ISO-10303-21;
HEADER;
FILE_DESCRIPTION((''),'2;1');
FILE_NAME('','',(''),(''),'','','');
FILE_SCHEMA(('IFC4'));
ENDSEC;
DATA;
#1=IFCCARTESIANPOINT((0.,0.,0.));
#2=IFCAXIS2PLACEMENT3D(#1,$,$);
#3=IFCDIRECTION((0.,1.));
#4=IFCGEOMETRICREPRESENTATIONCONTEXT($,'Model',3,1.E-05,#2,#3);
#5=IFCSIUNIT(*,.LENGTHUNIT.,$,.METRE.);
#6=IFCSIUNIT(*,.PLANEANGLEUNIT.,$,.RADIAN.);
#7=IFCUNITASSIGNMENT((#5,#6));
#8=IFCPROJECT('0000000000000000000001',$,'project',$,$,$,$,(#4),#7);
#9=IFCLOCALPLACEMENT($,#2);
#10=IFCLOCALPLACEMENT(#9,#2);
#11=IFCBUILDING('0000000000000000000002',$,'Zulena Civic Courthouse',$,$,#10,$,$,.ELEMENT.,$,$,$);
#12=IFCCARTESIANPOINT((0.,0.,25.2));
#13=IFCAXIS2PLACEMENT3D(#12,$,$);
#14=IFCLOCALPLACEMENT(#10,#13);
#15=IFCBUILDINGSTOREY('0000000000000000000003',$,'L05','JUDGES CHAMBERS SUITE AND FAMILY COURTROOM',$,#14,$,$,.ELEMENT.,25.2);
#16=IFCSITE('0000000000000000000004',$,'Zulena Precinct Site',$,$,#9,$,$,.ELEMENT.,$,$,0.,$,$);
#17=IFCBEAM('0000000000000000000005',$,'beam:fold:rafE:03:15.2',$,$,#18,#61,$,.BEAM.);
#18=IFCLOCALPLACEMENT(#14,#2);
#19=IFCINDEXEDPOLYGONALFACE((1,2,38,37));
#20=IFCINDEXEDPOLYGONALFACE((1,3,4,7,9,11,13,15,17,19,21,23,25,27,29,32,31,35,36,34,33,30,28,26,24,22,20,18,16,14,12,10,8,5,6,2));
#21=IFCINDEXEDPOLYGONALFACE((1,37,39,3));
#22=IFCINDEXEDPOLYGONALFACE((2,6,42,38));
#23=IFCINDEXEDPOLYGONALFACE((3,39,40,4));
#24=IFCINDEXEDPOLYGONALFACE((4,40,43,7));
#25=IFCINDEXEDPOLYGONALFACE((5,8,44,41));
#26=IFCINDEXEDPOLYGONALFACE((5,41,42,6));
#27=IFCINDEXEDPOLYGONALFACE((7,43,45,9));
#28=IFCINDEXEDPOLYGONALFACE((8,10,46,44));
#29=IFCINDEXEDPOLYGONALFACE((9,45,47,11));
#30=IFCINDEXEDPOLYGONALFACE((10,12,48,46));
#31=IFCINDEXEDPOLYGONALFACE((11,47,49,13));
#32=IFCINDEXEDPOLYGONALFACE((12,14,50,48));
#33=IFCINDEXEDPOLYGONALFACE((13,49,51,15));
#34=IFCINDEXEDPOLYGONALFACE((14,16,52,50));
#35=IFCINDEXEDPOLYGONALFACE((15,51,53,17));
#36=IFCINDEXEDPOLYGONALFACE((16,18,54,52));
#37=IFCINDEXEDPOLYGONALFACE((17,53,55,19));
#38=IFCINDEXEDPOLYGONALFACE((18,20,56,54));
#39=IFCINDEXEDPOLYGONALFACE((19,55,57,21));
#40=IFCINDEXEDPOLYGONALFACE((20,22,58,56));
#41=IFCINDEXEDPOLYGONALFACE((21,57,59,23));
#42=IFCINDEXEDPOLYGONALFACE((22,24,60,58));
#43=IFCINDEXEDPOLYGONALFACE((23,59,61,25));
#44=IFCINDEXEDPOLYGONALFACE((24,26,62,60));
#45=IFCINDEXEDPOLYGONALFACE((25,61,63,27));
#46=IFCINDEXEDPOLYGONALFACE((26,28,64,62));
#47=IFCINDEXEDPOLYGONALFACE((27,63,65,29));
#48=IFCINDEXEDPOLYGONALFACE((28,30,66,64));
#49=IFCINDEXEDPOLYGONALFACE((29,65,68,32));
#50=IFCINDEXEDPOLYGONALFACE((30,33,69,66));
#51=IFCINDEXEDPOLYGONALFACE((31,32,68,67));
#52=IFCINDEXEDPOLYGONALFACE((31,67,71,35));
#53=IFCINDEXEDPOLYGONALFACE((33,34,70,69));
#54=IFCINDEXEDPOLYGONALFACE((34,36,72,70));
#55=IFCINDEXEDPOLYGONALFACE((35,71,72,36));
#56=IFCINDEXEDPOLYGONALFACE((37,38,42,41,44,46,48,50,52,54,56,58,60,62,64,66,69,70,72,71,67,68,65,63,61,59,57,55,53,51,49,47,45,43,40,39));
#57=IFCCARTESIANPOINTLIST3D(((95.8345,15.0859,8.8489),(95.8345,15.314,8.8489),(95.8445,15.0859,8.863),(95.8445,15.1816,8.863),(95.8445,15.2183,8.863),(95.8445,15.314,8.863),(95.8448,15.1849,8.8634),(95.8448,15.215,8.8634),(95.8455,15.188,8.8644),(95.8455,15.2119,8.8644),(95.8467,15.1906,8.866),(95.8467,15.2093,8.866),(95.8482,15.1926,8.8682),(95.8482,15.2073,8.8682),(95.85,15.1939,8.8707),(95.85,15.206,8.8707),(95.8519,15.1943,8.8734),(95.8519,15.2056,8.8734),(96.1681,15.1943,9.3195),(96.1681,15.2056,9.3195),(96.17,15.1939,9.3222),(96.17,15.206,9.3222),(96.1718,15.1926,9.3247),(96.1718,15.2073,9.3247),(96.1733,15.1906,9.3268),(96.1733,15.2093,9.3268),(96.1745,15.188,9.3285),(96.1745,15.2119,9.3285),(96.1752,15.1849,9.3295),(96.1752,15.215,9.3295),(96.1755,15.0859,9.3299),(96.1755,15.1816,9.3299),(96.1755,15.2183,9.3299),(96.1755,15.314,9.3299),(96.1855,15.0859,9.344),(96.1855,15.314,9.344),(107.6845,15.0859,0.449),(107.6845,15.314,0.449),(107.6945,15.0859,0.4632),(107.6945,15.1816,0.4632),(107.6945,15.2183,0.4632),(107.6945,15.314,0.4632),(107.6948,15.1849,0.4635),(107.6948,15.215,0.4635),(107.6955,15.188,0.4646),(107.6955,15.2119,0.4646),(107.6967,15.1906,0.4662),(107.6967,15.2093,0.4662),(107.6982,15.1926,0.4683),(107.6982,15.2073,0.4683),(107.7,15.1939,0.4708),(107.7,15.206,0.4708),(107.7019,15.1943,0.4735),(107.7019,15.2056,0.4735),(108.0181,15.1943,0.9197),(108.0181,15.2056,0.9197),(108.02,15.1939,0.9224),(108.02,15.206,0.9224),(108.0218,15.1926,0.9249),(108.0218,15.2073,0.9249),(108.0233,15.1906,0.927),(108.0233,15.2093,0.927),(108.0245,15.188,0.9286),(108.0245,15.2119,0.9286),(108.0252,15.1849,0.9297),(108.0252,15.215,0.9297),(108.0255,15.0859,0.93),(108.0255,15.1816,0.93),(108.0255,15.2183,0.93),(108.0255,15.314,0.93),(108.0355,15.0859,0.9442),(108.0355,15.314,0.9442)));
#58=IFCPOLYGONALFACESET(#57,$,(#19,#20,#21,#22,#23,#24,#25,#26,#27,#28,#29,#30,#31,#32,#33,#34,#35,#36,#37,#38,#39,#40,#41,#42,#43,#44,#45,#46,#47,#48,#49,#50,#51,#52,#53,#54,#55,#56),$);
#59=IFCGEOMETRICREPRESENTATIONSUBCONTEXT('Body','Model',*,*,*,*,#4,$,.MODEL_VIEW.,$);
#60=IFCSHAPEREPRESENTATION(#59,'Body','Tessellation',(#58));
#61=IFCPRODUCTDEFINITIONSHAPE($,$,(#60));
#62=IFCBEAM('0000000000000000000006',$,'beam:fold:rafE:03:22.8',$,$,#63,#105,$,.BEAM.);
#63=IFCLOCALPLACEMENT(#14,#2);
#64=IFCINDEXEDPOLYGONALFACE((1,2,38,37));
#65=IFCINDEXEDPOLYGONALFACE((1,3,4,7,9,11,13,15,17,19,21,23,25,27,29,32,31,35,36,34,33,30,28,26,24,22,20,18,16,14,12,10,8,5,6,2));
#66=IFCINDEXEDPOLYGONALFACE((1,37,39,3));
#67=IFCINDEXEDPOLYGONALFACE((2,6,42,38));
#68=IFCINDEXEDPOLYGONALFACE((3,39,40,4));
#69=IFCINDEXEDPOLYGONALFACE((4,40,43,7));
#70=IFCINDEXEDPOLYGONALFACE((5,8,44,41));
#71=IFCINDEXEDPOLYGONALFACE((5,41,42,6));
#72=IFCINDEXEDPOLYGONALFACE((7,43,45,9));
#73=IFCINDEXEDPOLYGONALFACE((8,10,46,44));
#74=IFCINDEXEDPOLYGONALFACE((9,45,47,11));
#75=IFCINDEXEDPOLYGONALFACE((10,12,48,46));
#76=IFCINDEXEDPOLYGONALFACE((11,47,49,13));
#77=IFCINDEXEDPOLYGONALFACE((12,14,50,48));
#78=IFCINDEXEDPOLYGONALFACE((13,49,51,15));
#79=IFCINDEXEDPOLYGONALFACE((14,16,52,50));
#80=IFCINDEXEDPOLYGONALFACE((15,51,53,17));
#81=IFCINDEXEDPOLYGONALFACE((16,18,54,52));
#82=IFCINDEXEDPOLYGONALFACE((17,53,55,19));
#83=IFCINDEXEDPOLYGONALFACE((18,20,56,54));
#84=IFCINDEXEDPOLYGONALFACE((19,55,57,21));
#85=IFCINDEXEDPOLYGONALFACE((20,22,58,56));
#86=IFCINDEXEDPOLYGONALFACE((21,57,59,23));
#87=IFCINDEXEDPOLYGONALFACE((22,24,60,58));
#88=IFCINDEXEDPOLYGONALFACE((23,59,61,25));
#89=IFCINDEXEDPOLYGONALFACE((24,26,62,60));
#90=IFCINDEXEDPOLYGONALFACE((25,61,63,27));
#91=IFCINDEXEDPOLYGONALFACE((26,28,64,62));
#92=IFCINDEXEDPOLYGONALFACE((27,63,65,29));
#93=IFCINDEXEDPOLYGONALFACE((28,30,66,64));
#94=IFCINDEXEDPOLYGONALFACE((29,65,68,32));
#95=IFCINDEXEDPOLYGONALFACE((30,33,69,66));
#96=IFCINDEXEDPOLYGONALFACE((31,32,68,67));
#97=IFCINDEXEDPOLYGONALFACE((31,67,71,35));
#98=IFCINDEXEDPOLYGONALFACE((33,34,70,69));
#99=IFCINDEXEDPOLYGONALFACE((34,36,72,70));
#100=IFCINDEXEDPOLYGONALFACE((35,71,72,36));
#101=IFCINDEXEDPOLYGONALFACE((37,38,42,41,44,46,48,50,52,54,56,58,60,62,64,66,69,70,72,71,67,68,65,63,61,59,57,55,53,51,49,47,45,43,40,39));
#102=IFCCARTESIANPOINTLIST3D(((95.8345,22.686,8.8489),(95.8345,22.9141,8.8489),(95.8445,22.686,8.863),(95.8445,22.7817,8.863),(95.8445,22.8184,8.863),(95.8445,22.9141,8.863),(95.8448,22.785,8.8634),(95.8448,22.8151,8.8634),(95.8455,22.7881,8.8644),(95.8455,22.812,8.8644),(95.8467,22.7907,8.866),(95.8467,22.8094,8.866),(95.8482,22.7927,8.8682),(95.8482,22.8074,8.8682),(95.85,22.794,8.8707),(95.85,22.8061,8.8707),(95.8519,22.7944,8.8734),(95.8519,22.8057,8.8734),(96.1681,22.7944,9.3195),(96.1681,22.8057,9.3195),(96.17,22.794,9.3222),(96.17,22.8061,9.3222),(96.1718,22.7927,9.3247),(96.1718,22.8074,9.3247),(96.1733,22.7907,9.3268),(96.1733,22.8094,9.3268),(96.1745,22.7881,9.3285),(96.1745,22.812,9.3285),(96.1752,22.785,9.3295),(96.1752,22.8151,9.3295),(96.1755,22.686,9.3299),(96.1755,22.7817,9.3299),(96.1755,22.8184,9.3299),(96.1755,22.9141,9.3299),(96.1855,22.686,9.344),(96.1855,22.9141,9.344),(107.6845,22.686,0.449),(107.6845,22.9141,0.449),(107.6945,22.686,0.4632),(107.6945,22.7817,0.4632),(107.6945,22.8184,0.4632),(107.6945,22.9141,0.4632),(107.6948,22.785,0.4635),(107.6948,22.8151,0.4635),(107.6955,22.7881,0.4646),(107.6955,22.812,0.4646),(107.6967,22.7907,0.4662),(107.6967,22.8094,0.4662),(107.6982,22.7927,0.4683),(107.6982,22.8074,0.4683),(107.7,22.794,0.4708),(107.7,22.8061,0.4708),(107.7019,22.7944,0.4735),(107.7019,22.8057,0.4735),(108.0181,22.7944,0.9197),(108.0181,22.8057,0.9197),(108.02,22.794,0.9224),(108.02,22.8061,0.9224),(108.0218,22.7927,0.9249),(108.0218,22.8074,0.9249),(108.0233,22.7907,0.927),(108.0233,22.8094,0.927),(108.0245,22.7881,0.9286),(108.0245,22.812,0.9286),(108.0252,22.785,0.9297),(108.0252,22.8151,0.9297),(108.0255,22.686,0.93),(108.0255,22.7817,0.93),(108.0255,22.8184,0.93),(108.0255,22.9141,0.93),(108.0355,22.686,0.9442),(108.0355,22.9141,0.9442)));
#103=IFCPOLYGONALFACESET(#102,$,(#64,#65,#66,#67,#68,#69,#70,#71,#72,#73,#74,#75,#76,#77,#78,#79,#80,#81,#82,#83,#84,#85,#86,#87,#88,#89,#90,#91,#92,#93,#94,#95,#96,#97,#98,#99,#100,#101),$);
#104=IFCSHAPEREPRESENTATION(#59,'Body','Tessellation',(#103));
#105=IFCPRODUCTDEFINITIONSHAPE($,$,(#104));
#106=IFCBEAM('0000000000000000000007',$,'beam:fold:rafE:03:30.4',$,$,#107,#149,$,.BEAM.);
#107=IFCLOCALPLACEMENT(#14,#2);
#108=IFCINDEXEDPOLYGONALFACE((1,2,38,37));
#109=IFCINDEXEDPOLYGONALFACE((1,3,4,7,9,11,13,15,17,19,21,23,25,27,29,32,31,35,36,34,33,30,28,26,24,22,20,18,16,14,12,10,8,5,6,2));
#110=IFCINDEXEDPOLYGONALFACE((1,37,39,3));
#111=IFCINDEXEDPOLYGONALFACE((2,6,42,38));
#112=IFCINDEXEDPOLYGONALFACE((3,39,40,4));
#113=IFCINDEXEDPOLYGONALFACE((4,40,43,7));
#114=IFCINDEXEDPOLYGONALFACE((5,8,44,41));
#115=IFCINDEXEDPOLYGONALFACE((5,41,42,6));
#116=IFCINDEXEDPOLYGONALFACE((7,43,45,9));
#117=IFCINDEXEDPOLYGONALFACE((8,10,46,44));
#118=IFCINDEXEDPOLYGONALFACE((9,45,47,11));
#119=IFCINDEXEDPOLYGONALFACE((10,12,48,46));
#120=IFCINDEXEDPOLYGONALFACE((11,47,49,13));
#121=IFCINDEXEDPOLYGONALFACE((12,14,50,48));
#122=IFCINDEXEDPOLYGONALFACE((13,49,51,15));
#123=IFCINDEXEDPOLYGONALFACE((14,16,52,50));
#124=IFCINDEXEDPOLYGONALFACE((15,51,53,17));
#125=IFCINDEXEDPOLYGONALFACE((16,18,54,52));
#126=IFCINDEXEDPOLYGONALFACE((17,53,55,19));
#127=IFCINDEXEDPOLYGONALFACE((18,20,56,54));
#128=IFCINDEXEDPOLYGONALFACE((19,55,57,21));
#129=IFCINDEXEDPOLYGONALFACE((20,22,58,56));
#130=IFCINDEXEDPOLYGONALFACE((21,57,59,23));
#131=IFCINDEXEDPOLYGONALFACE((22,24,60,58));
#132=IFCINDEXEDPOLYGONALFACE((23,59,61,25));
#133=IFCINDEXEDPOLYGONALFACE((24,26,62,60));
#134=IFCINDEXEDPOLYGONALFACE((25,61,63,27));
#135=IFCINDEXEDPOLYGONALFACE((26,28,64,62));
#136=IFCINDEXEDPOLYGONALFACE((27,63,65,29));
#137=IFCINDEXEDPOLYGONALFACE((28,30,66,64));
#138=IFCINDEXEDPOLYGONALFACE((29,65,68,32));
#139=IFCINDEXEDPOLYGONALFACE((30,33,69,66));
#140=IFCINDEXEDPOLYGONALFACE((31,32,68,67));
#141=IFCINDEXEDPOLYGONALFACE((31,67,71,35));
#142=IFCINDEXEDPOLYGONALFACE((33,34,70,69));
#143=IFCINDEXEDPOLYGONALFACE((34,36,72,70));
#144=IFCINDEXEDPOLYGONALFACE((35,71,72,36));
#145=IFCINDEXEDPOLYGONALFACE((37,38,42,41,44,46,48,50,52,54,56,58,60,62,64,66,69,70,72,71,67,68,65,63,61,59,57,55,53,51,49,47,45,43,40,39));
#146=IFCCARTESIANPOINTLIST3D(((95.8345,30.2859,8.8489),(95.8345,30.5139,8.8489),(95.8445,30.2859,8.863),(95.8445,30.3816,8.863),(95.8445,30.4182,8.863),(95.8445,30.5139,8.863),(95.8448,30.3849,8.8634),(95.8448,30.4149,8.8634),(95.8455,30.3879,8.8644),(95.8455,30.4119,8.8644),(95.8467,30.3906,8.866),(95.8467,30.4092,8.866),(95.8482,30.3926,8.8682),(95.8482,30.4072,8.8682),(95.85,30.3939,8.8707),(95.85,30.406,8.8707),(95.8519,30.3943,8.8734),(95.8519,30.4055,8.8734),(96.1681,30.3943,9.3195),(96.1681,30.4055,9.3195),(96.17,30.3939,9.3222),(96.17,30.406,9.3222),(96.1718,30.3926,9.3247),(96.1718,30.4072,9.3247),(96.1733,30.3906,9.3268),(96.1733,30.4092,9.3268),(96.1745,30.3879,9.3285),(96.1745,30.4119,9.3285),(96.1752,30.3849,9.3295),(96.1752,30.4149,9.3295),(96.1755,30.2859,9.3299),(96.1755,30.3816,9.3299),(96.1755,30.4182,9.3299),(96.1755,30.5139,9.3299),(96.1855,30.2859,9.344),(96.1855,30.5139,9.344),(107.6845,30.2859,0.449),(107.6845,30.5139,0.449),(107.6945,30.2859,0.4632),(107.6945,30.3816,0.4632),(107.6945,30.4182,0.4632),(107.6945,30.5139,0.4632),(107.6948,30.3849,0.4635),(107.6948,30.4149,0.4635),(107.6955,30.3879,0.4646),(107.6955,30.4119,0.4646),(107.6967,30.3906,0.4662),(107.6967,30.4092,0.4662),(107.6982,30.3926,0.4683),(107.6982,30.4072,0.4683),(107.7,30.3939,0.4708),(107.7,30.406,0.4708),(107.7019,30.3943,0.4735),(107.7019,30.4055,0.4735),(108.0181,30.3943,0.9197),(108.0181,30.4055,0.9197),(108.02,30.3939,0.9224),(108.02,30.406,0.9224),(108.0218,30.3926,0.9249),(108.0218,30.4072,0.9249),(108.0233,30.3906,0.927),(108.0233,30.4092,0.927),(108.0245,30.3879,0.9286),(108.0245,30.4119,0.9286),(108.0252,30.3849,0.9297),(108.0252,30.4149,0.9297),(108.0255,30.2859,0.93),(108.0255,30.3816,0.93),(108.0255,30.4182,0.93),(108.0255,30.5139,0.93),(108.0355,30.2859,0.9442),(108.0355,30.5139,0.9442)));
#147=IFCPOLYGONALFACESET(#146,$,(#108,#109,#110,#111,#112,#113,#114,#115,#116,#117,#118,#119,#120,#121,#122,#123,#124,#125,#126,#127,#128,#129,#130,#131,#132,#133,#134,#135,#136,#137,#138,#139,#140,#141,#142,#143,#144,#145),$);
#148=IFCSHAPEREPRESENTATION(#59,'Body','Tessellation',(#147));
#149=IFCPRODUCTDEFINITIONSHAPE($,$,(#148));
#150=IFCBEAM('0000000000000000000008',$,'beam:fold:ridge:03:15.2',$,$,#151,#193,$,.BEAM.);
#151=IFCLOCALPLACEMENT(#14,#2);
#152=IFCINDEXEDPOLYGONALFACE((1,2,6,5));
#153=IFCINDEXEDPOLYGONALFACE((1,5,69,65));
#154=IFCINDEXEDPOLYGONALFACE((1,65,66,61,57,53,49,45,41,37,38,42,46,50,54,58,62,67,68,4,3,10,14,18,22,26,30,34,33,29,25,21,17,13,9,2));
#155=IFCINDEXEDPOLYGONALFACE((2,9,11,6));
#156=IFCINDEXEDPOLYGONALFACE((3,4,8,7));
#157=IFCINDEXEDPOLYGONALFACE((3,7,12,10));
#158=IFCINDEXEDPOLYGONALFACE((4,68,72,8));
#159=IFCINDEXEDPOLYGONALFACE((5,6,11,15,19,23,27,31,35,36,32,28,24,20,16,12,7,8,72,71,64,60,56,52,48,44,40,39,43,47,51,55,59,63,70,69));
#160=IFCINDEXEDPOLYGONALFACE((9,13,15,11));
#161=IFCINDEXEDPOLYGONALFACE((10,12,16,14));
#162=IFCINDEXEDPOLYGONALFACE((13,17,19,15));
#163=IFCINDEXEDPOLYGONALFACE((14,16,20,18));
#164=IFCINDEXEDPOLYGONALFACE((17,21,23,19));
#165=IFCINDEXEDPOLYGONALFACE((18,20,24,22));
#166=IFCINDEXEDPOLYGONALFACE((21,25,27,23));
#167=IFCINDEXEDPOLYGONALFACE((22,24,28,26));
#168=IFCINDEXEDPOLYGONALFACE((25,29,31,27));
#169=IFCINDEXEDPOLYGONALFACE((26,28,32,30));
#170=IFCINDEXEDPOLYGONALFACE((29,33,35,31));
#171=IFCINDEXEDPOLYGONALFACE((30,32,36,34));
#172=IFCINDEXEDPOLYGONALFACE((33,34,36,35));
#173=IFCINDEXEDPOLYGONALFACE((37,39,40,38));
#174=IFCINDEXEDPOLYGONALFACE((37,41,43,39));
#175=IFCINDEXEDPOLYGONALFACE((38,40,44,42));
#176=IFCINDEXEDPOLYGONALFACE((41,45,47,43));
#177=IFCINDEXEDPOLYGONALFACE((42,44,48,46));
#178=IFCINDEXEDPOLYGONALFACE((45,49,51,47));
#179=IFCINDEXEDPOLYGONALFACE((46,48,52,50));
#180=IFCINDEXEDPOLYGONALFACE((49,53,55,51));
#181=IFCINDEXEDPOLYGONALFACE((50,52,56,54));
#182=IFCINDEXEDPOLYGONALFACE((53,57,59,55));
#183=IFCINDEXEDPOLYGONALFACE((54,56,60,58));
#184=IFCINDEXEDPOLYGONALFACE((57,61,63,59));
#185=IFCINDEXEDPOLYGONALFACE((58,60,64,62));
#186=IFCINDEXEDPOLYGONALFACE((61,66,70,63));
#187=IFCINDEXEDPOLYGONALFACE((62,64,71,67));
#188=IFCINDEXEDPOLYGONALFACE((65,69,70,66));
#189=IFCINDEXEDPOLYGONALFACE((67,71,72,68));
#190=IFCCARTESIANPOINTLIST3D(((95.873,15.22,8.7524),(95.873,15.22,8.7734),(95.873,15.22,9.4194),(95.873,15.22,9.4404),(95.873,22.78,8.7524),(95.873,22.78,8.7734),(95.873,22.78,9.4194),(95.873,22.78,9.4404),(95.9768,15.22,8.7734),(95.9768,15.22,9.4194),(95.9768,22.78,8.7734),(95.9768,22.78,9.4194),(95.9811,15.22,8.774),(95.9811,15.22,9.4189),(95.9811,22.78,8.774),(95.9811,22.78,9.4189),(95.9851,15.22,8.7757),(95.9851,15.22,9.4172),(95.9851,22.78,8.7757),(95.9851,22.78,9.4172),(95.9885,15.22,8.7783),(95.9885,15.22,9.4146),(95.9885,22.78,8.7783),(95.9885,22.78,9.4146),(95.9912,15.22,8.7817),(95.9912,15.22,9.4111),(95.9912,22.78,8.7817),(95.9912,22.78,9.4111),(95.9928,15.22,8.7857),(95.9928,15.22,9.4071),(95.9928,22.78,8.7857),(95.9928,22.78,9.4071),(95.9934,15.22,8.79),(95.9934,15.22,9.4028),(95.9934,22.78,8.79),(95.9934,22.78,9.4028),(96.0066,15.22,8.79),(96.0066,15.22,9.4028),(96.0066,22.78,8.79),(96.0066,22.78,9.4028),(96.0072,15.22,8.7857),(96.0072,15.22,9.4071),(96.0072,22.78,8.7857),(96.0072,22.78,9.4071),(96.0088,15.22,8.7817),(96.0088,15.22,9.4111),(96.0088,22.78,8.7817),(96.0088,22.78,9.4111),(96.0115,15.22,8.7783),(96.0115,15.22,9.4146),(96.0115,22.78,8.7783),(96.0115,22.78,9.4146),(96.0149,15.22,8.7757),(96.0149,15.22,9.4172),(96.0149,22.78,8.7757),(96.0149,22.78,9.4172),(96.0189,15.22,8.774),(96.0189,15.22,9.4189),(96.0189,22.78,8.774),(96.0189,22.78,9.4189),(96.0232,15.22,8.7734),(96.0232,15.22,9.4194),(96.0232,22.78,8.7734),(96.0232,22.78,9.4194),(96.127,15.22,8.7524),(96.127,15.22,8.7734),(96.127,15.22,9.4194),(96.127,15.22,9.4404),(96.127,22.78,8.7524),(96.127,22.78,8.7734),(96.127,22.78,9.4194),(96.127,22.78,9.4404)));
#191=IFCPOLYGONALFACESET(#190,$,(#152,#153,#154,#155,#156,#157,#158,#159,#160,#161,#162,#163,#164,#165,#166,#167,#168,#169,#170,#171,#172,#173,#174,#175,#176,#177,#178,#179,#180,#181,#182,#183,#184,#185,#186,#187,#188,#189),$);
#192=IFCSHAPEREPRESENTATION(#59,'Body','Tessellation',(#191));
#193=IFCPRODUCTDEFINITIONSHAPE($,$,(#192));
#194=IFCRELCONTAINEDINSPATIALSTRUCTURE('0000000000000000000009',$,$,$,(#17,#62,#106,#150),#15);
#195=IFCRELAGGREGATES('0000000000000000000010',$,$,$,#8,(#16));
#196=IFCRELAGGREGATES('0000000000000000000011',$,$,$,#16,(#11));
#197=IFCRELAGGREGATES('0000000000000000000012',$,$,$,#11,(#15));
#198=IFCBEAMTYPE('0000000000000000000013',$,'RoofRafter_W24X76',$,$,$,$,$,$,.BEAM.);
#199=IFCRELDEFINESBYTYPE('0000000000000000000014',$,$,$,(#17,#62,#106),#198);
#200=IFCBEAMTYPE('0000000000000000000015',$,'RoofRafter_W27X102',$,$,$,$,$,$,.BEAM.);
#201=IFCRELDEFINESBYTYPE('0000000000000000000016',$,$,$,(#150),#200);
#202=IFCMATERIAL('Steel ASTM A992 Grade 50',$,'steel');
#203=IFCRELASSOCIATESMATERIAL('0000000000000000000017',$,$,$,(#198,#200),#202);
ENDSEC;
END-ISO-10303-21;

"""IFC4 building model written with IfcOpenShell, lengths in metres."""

from ifc_helpers import new_model, si_unit, direction, frame, origin, origin_2d, place, context, subcontext, project, spatial, i_section, extrude, material, material_profile, profile_set, type_object, element, save


model = new_model("IFC4")

# Units and contexts
model_context = context("Model", 3, precision=1e-05, world=origin(), true_north=direction((0.0, 1.0)))
body_context = subcontext(model_context, "Body", "Model", "MODEL_VIEW")
ifc_project = project(units=[si_unit("LENGTHUNIT", "METRE"), si_unit("PLANEANGLEUNIT", "RADIAN")], contexts=[model_context])

# Site, building, storey
site_placement = place(None, origin())
site = spatial("IfcSite", under=ifc_project, at=site_placement, Name="Zulena Precinct Site", CompositionType="ELEMENT", RefElevation=0.0)
building_placement = place(site_placement, origin())
building = spatial("IfcBuilding", under=site, at=building_placement, Name="Zulena Civic Courthouse", CompositionType="ELEMENT")
storey_placement = place(building_placement, frame((0.0, 0.0, 25.2)))
storey = spatial("IfcBuildingStorey", under=building, at=storey_placement, Name="L05", Description="JUDGES CHAMBERS SUITE AND FAMILY COURTROOM", CompositionType="ELEMENT", Elevation=25.2)

# Beams
ifc_material_1 = material(Name="Steel ASTM A992 Grade 50", Category="steel")
ifc_material_profile_1 = material_profile(ifc_material_1, i_section(OverallWidth=0.228, OverallDepth=0.6069, WebThickness=0.0112, FlangeThickness=0.0173, FilletRadius=0.0127, at=origin_2d()), Name="W24X76")
ifc_profile_set_1 = profile_set([ifc_material_profile_1], Name="Steel ASTM A992 Grade 50")
beam_type_1 = type_object("IfcBeamType", Name="RoofRafter_W24X76", PredefinedType="BEAM", material=ifc_profile_set_1)
for number, where, z_axis, x_axis, name in (
    (1, (96.01, 15.2, 9.0964), (0.815827, 0.0, -0.578296), (0.0, 1.0, 0.0), "beam:fold:rafE:03:15.2"),
    (2, (96.01, 22.8, 9.0964), (0.815827, 0.0, -0.578296), (0.0, 1.0, 0.0), "beam:fold:rafE:03:22.8"),
    (3, (96.01, 30.3999, 9.0964), (0.815827, 0.0, -0.578296), (0.0, 1.0, 0.0), "beam:fold:rafE:03:30.4"),
):
    element("IfcBeam", number, at=place(storey_placement, frame(where, z_axis=z_axis, x_axis=x_axis)), inside=storey, type_object=beam_type_1, Name=name, PredefinedType="BEAM", context=body_context, shape_type="SweptSolid", body=[
        extrude(i_section(OverallWidth=0.228, OverallDepth=0.6069, WebThickness=0.0112, FlangeThickness=0.0173, FilletRadius=0.0127, at=origin_2d()), origin(), (0.0, 0.0, 1.0), 14.5251),
    ])
ifc_material_profile_2 = material_profile(ifc_material_1, i_section(OverallWidth=0.2539, OverallDepth=0.688, WebThickness=0.0132, FlangeThickness=0.021, FilletRadius=0.0166, at=origin_2d()), Name="W27X102")
ifc_profile_set_2 = profile_set([ifc_material_profile_2], Name="Steel ASTM A992 Grade 50")
beam_type_2 = type_object("IfcBeamType", Name="RoofRafter_W27X102", PredefinedType="BEAM", material=ifc_profile_set_2)
beam_1_placement = place(storey_placement, frame((96.0, 15.22, 9.0964), z_axis=(0.0, 1.0, 0.0), x_axis=(-1.0, 0.0, 0.0)))
element("IfcBeam", 4, at=beam_1_placement, inside=storey, type_object=beam_type_2, Name="beam:fold:ridge:03:15.2", PredefinedType="BEAM", context=body_context, shape_type="SweptSolid", body=[
    extrude(i_section(OverallWidth=0.2539, OverallDepth=0.688, WebThickness=0.0132, FlangeThickness=0.021, FilletRadius=0.0166, at=origin_2d()), origin(), (0.0, 0.0, 1.0), 7.5601),
])

save(model, "model.ifc")
